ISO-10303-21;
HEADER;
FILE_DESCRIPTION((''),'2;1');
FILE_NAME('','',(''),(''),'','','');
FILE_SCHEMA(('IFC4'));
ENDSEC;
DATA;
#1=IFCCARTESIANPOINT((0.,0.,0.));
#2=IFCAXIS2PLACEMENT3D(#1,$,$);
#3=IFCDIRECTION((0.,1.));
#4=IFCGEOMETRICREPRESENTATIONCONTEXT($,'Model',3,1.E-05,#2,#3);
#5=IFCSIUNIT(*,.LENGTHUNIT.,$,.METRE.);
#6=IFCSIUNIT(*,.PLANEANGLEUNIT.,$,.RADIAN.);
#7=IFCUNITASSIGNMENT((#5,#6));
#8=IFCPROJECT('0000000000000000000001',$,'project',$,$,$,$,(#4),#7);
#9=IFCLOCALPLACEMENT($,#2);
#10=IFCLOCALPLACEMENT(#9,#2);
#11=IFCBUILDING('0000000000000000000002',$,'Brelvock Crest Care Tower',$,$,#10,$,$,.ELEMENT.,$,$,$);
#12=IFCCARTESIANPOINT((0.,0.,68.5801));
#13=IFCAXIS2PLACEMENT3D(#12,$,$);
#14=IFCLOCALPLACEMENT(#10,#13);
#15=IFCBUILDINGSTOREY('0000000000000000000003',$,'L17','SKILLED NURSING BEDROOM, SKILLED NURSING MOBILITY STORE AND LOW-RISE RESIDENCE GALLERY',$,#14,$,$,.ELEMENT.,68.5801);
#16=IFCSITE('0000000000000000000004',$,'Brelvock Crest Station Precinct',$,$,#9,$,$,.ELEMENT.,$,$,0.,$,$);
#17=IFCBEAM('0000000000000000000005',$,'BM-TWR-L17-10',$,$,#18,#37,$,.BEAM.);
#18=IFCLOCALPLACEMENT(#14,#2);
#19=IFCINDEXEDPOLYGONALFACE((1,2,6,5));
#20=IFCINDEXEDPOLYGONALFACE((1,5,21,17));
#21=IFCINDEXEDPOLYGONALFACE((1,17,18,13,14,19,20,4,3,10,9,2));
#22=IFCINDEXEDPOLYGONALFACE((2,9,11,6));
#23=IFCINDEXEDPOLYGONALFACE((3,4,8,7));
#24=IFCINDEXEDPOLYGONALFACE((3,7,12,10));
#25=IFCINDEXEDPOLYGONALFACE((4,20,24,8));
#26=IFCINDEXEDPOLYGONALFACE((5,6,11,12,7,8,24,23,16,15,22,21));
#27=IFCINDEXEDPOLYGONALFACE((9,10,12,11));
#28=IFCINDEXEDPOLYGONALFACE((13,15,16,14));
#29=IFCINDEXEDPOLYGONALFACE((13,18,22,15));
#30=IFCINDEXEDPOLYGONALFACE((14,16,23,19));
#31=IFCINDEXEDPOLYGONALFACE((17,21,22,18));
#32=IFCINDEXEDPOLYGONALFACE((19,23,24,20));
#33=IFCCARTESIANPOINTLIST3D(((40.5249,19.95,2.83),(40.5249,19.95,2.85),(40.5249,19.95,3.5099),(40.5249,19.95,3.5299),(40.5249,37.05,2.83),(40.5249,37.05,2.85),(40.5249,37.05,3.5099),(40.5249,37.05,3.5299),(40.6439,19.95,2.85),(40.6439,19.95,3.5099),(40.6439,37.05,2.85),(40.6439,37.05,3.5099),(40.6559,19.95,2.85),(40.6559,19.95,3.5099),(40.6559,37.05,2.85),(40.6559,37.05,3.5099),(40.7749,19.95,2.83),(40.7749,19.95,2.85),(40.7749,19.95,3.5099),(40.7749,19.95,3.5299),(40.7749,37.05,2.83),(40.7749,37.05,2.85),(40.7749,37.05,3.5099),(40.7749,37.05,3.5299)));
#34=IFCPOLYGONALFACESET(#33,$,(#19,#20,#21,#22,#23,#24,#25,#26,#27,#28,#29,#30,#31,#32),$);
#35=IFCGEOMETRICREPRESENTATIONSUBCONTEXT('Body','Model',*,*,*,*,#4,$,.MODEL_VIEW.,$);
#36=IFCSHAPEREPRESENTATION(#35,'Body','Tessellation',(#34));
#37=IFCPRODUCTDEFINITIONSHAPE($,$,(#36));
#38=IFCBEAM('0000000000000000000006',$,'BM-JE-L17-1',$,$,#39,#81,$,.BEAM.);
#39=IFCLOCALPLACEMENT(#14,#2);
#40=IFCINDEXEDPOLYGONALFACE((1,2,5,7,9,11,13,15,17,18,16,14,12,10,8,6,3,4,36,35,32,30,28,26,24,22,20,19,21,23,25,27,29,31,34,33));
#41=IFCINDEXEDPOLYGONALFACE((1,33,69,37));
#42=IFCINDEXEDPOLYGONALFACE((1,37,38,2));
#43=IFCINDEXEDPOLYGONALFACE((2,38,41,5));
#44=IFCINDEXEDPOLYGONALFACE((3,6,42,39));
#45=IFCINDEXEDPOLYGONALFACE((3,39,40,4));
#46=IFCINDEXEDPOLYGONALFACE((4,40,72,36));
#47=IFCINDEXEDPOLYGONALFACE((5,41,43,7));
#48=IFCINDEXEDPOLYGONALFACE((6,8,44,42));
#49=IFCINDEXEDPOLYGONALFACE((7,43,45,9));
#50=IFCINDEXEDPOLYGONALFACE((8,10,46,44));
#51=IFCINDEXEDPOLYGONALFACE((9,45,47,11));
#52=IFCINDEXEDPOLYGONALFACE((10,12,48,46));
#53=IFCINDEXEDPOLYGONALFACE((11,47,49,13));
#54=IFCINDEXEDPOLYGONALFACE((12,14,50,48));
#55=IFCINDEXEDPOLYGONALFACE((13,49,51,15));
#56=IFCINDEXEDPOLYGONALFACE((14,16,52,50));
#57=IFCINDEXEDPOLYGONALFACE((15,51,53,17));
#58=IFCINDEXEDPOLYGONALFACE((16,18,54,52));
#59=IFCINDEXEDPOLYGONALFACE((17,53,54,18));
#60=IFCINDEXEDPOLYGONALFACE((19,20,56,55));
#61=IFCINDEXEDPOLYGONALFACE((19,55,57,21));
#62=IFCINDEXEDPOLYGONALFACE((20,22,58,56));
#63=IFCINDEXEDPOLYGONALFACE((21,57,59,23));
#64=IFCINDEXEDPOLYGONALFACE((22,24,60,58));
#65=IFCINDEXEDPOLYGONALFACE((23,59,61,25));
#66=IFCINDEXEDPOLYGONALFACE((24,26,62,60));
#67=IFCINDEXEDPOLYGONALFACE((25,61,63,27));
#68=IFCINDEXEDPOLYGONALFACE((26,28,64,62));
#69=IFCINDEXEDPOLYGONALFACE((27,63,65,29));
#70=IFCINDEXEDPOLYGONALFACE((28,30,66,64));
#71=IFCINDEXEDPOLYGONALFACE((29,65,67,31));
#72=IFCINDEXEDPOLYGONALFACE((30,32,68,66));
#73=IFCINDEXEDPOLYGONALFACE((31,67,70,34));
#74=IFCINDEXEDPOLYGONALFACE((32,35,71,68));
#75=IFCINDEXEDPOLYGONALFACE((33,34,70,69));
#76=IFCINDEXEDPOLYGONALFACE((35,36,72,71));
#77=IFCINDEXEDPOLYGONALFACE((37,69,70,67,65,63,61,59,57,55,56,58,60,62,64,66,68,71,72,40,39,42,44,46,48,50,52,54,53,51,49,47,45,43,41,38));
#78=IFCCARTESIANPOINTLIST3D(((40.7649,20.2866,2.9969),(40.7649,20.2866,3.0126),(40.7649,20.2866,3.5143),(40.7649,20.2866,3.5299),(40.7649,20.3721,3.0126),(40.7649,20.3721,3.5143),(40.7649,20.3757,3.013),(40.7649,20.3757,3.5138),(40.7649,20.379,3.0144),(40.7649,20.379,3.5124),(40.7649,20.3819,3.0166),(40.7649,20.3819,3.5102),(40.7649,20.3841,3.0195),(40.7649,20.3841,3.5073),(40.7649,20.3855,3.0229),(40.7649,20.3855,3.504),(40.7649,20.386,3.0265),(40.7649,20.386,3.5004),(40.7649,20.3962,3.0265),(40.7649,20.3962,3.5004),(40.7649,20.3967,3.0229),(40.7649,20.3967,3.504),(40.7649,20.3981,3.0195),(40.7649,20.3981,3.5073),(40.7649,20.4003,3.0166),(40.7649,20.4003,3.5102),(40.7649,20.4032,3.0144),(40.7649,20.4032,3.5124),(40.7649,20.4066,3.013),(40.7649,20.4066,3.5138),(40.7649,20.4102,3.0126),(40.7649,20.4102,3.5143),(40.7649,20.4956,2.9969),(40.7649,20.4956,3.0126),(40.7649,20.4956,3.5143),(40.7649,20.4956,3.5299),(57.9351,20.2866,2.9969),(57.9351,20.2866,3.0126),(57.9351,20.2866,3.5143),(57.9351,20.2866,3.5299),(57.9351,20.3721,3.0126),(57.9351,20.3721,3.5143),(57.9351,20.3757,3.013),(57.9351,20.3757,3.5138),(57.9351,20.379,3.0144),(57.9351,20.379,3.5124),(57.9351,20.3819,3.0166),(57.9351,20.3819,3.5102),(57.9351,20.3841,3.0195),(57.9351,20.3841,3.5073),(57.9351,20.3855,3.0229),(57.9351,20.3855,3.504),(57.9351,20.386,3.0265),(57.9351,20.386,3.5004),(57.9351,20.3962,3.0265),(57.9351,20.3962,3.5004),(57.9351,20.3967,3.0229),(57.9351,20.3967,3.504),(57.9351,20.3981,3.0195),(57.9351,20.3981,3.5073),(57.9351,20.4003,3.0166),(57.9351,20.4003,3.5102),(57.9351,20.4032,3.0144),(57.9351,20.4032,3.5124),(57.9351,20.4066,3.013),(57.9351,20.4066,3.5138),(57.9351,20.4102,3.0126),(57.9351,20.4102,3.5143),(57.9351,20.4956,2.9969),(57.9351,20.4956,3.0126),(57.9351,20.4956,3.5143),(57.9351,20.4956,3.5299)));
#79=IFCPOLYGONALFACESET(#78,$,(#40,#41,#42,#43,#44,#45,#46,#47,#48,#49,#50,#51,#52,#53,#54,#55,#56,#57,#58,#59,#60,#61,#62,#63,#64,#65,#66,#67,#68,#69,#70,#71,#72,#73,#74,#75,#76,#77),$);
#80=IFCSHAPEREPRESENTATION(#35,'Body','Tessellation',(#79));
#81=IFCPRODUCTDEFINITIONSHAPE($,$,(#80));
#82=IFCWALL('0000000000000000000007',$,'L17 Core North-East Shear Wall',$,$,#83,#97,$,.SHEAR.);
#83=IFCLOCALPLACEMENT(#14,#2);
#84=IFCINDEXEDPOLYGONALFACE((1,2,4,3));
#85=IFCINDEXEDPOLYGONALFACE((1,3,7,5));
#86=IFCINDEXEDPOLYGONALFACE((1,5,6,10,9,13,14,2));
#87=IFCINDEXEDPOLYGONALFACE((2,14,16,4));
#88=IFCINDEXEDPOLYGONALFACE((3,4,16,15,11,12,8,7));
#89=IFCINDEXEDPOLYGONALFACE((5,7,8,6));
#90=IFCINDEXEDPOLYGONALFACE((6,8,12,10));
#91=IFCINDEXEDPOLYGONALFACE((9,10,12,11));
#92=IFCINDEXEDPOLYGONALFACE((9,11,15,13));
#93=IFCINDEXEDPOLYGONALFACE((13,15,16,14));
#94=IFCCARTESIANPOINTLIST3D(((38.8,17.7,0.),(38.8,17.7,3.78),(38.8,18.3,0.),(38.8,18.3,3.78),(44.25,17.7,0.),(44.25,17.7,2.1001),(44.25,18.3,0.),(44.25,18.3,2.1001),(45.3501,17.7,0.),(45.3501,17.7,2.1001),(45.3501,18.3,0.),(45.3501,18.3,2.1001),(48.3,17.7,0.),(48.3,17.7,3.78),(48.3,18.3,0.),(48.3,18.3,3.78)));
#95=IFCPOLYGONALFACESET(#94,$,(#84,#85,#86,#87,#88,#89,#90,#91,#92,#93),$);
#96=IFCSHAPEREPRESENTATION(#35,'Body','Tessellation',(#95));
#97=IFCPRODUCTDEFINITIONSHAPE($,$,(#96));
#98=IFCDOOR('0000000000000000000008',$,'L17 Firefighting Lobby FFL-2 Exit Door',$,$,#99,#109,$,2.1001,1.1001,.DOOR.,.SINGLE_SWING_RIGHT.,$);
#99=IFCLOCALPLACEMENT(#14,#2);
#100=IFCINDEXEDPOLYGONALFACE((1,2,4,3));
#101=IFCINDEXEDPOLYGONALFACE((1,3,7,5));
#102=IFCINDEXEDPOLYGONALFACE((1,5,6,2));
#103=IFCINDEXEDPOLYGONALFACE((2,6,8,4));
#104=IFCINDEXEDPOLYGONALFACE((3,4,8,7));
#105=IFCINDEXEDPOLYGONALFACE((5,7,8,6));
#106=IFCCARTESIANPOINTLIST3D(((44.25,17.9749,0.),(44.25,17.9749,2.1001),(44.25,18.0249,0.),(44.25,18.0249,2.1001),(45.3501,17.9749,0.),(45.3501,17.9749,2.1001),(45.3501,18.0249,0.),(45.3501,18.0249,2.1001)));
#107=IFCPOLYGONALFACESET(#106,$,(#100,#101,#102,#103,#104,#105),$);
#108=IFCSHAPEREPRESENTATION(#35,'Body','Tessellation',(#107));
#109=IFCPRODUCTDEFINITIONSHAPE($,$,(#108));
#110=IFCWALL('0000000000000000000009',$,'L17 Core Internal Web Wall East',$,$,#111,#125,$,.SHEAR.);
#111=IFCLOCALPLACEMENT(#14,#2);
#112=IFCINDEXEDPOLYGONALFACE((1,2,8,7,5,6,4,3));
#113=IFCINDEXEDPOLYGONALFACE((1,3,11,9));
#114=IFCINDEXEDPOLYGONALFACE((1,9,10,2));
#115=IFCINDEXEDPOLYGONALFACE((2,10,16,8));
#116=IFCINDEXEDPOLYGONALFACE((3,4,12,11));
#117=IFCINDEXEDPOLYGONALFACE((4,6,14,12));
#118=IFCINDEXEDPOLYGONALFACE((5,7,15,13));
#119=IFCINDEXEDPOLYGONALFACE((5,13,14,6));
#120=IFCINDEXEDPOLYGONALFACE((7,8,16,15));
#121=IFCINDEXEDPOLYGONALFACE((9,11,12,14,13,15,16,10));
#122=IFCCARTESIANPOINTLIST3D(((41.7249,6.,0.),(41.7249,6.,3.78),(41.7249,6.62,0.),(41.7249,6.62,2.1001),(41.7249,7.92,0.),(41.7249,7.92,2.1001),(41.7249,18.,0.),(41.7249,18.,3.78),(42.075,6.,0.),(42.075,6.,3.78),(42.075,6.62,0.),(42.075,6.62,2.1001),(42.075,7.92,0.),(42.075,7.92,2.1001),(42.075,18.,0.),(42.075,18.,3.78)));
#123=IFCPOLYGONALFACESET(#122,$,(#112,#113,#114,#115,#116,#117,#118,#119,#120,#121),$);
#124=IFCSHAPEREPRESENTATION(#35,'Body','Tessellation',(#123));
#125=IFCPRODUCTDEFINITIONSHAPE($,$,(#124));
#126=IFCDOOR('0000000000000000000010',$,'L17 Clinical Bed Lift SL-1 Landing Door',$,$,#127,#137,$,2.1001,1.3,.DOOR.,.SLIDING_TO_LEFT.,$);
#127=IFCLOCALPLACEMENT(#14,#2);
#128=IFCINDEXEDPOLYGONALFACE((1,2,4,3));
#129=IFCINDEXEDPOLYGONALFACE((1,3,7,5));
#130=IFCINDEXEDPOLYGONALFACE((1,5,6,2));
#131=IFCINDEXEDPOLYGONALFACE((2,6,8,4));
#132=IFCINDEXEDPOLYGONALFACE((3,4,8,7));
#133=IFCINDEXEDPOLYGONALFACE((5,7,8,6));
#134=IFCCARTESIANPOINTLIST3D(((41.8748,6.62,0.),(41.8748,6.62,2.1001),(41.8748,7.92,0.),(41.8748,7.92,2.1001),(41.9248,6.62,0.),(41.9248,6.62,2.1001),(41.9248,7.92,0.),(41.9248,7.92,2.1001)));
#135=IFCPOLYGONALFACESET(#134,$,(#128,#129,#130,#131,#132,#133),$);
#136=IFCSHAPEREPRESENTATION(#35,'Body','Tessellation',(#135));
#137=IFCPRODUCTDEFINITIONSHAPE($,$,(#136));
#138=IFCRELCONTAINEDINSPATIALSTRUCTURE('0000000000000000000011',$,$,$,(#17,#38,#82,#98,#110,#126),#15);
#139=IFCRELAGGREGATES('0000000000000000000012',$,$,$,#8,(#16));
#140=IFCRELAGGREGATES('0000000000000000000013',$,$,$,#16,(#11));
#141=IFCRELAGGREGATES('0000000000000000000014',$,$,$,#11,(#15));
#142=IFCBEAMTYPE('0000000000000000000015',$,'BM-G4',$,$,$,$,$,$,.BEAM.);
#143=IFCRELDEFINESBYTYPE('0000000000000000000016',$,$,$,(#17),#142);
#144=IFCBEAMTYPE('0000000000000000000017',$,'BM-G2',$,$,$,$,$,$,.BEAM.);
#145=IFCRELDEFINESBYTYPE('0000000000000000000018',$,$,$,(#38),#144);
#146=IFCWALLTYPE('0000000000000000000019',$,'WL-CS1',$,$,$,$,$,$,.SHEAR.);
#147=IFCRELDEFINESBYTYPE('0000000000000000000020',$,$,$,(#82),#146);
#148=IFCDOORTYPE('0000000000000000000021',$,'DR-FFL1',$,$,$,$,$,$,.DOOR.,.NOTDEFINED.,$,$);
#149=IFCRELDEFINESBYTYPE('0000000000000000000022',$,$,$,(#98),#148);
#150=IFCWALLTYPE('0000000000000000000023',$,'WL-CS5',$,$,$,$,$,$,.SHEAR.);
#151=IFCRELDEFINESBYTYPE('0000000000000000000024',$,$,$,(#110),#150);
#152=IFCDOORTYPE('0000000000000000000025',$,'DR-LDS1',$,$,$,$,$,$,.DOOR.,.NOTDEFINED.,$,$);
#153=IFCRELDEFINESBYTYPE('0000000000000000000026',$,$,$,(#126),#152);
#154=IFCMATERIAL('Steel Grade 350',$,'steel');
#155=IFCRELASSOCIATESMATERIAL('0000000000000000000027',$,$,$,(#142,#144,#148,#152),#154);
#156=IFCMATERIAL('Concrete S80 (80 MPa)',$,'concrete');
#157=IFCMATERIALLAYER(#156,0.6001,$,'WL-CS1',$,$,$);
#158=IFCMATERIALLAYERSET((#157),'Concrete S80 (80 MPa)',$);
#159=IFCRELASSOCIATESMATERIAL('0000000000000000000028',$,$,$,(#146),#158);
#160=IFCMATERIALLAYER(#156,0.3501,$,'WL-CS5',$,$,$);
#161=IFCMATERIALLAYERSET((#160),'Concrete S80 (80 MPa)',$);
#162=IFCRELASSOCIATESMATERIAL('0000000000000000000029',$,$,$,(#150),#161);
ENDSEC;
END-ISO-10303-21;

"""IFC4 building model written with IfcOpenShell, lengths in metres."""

from ifc_helpers import new_model, si_unit, direction, frame, frame_2d, origin, origin_2d, place, context, subcontext, project, spatial, rectangle, i_section, extrude, source, transform, mapped, material, layer, layer_set, material_profile, profile_set, type_object, element, fill, save


model = new_model("IFC4")

# Units and contexts
model_context = context("Model", 3, precision=1e-05, world=origin(), true_north=direction((0.0, 1.0)))
body_context = subcontext(model_context, "Body", "Model", "MODEL_VIEW")
ifc_project = project(units=[si_unit("LENGTHUNIT", "METRE"), si_unit("PLANEANGLEUNIT", "RADIAN")], contexts=[model_context])

# Site, building, storey
site_placement = place(None, origin())
site = spatial("IfcSite", under=ifc_project, at=site_placement, Name="Brelvock Crest Station Precinct", CompositionType="ELEMENT", RefElevation=0.0)
building_placement = place(site_placement, origin())
building = spatial("IfcBuilding", under=site, at=building_placement, Name="Brelvock Crest Care Tower", CompositionType="ELEMENT")
storey_placement = place(building_placement, frame((0.0, 0.0, 68.5801)))
storey = spatial("IfcBuildingStorey", under=building, at=storey_placement, Name="L17", Description="SKILLED NURSING BEDROOM, SKILLED NURSING MOBILITY STORE AND LOW-RISE RESIDENCE GALLERY", CompositionType="ELEMENT", Elevation=68.5801)

# Shared definitions
ifc_material_1 = material(Name="Concrete S80 (80 MPa)", Category="concrete")
ifc_material_2 = material(Name="Steel Grade 350", Category="steel")

# Beams
ifc_material_profile_1 = material_profile(ifc_material_2, i_section(OverallWidth=0.25, OverallDepth=0.7, WebThickness=0.012, FlangeThickness=0.02, at=origin_2d()), Name="700WB150")
ifc_profile_set_1 = profile_set([ifc_material_profile_1], Name="Steel Grade 350")
beam_type_1 = type_object("IfcBeamType", Name="BM-G4", PredefinedType="BEAM", material=ifc_profile_set_1)
shared_shape_1 = source(origin(), body_context, "Body", "SweptSolid", [
    extrude(i_section(OverallWidth=0.25, OverallDepth=0.7, WebThickness=0.012, FlangeThickness=0.02, at=origin_2d()), origin(), (0.0, 0.0, 1.0), 17.1001),
])
beam_1_placement = place(storey_placement, frame((40.6499, 19.95, 3.1799), z_axis=(0.0, 1.0, 0.0), x_axis=(-1.0, 0.0, 0.0)))
element("IfcBeam", 1, at=beam_1_placement, inside=storey, type_object=beam_type_1, Name="BM-TWR-L17-10", PredefinedType="BEAM", context=body_context, shape_type="MappedRepresentation", body=[
    mapped(shared_shape_1, transform((0.0, 0.0, 0.0), x_axis=(1.0, 0.0, 0.0), y_axis=(0.0, 1.0, 0.0), z_axis=(0.0, 0.0, 1.0), scale=1.0)),
])
ifc_material_profile_2 = material_profile(ifc_material_2, i_section(OverallWidth=0.209, OverallDepth=0.533, WebThickness=0.0103, FlangeThickness=0.0156, FilletRadius=0.0139, at=origin_2d()), Name="530UB92.4")
ifc_profile_set_2 = profile_set([ifc_material_profile_2], Name="Steel Grade 350")
beam_type_2 = type_object("IfcBeamType", Name="BM-G2", PredefinedType="BEAM", material=ifc_profile_set_2)
shared_shape_2 = source(origin(), body_context, "Body", "SweptSolid", [
    extrude(i_section(OverallWidth=0.209, OverallDepth=0.533, WebThickness=0.0103, FlangeThickness=0.0156, FilletRadius=0.0139, at=origin_2d()), origin(), (0.0, 0.0, 1.0), 17.1702),
])
beam_2_placement = place(storey_placement, frame((40.7649, 20.3911, 3.2634), z_axis=(1.0, 0.0, 0.0), x_axis=(0.0, 1.0, 0.0)))
element("IfcBeam", 2, at=beam_2_placement, inside=storey, type_object=beam_type_2, Name="BM-JE-L17-1", PredefinedType="BEAM", context=body_context, shape_type="MappedRepresentation", body=[
    mapped(shared_shape_2, transform((0.0, 0.0, 0.0), x_axis=(1.0, 0.0, 0.0), y_axis=(0.0, 1.0, 0.0), z_axis=(0.0, 0.0, 1.0), scale=1.0)),
])

# Walls, openings, doors
ifc_layer_1 = layer(ifc_material_1, 0.6001, Name="WL-CS1")
ifc_layer_set_1 = layer_set([ifc_layer_1], Name="Concrete S80 (80 MPa)")
wall_type_1 = type_object("IfcWallType", Name="WL-CS1", PredefinedType="SHEAR", material=ifc_layer_set_1)
wall_1_placement = place(storey_placement, frame((38.8, 18.0, 0.0), z_axis=(0.0, 0.0, 1.0), x_axis=(1.0, 0.0, 0.0)))
wall_1 = element("IfcWall", 3, at=wall_1_placement, inside=storey, type_object=wall_type_1, Name="L17 Core North-East Shear Wall", PredefinedType="SHEAR", context=body_context, shape_type="SweptSolid", body=[
    extrude(rectangle(XDim=9.5, YDim=0.6001, at=frame_2d((4.75, 0.0))), origin(), (0.0, 0.0, 1.0), 3.78),
])
opening_1_placement = place(wall_1_placement, frame((5.45, 0.0, 0.0)))
opening_1 = element("IfcOpeningElement", 4, at=opening_1_placement, cuts=wall_1, PredefinedType="OPENING", context=body_context, shape_type="SweptSolid", body=[
    extrude(rectangle(XDim=1.1001, YDim=2.1001, at=origin_2d()), frame((0.55, 0.3101, 1.05), z_axis=(0.0, -1.0, 0.0), x_axis=(1.0, 0.0, 0.0)), (0.0, 0.0, 1.0), 0.6201),
])
door_type_1 = type_object("IfcDoorType", Name="DR-FFL1", OperationType="NOTDEFINED", PredefinedType="DOOR", material=ifc_material_2)
shared_shape_3 = source(origin(), body_context, "Body", "SweptSolid", [
    extrude(rectangle(XDim=1.1001, YDim=2.1001, at=origin_2d()), frame((0.55, 0.0249, 1.05), z_axis=(0.0, -1.0, 0.0), x_axis=(1.0, 0.0, 0.0)), (0.0, 0.0, 1.0), 0.05),
])
door_1_placement = place(opening_1_placement, origin())
door_1 = element("IfcDoor", 5, at=door_1_placement, inside=storey, type_object=door_type_1, Name="L17 Firefighting Lobby FFL-2 Exit Door", OperationType="SINGLE_SWING_RIGHT", OverallHeight=2.1001, OverallWidth=1.1001, PredefinedType="DOOR", context=body_context, shape_type="MappedRepresentation", body=[
    mapped(shared_shape_3, transform((0.0, 0.0, 0.0), x_axis=(1.0, 0.0, 0.0), y_axis=(0.0, 1.0, 0.0), z_axis=(0.0, 0.0, 1.0), scale=1.0)),
])
fill(opening_1, door_1)
ifc_layer_2 = layer(ifc_material_1, 0.3501, Name="WL-CS5")
ifc_layer_set_2 = layer_set([ifc_layer_2], Name="Concrete S80 (80 MPa)")
wall_type_2 = type_object("IfcWallType", Name="WL-CS5", PredefinedType="SHEAR", material=ifc_layer_set_2)
wall_2_placement = place(storey_placement, frame((41.8999, 18.0, 0.0), z_axis=(0.0, 0.0, 1.0), x_axis=(0.0, -1.0, 0.0)))
wall_2 = element("IfcWall", 6, at=wall_2_placement, inside=storey, type_object=wall_type_2, Name="L17 Core Internal Web Wall East", PredefinedType="SHEAR", context=body_context, shape_type="SweptSolid", body=[
    extrude(rectangle(XDim=12.0, YDim=0.3501, at=frame_2d((6.0, 0.0))), origin(), (0.0, 0.0, 1.0), 3.78),
])
opening_2_placement = place(wall_2_placement, frame((10.0801, 0.0, 0.0)))
opening_2 = element("IfcOpeningElement", 7, at=opening_2_placement, cuts=wall_2, PredefinedType="OPENING", context=body_context, shape_type="SweptSolid", body=[
    extrude(rectangle(XDim=1.3, YDim=2.1001, at=origin_2d()), frame((0.6499, 0.1851, 1.05), z_axis=(0.0, -1.0, 0.0), x_axis=(1.0, 0.0, 0.0)), (0.0, 0.0, 1.0), 0.3701),
])
door_type_2 = type_object("IfcDoorType", Name="DR-LDS1", OperationType="NOTDEFINED", PredefinedType="DOOR", material=ifc_material_2)
shared_shape_4 = source(origin(), body_context, "Body", "SweptSolid", [
    extrude(rectangle(XDim=1.3, YDim=2.1001, at=origin_2d()), frame((0.6499, 0.0249, 1.05), z_axis=(0.0, -1.0, 0.0), x_axis=(1.0, 0.0, 0.0)), (0.0, 0.0, 1.0), 0.05),
])
door_2_placement = place(opening_2_placement, origin())
door_2 = element("IfcDoor", 8, at=door_2_placement, inside=storey, type_object=door_type_2, Name="L17 Clinical Bed Lift SL-1 Landing Door", OperationType="SLIDING_TO_LEFT", OverallHeight=2.1001, OverallWidth=1.3, PredefinedType="DOOR", context=body_context, shape_type="MappedRepresentation", body=[
    mapped(shared_shape_4, transform((0.0, 0.0, 0.0), x_axis=(1.0, 0.0, 0.0), y_axis=(0.0, 1.0, 0.0), z_axis=(0.0, 0.0, 1.0), scale=1.0)),
])
fill(opening_2, door_2)

save(model, "model.ifc")
